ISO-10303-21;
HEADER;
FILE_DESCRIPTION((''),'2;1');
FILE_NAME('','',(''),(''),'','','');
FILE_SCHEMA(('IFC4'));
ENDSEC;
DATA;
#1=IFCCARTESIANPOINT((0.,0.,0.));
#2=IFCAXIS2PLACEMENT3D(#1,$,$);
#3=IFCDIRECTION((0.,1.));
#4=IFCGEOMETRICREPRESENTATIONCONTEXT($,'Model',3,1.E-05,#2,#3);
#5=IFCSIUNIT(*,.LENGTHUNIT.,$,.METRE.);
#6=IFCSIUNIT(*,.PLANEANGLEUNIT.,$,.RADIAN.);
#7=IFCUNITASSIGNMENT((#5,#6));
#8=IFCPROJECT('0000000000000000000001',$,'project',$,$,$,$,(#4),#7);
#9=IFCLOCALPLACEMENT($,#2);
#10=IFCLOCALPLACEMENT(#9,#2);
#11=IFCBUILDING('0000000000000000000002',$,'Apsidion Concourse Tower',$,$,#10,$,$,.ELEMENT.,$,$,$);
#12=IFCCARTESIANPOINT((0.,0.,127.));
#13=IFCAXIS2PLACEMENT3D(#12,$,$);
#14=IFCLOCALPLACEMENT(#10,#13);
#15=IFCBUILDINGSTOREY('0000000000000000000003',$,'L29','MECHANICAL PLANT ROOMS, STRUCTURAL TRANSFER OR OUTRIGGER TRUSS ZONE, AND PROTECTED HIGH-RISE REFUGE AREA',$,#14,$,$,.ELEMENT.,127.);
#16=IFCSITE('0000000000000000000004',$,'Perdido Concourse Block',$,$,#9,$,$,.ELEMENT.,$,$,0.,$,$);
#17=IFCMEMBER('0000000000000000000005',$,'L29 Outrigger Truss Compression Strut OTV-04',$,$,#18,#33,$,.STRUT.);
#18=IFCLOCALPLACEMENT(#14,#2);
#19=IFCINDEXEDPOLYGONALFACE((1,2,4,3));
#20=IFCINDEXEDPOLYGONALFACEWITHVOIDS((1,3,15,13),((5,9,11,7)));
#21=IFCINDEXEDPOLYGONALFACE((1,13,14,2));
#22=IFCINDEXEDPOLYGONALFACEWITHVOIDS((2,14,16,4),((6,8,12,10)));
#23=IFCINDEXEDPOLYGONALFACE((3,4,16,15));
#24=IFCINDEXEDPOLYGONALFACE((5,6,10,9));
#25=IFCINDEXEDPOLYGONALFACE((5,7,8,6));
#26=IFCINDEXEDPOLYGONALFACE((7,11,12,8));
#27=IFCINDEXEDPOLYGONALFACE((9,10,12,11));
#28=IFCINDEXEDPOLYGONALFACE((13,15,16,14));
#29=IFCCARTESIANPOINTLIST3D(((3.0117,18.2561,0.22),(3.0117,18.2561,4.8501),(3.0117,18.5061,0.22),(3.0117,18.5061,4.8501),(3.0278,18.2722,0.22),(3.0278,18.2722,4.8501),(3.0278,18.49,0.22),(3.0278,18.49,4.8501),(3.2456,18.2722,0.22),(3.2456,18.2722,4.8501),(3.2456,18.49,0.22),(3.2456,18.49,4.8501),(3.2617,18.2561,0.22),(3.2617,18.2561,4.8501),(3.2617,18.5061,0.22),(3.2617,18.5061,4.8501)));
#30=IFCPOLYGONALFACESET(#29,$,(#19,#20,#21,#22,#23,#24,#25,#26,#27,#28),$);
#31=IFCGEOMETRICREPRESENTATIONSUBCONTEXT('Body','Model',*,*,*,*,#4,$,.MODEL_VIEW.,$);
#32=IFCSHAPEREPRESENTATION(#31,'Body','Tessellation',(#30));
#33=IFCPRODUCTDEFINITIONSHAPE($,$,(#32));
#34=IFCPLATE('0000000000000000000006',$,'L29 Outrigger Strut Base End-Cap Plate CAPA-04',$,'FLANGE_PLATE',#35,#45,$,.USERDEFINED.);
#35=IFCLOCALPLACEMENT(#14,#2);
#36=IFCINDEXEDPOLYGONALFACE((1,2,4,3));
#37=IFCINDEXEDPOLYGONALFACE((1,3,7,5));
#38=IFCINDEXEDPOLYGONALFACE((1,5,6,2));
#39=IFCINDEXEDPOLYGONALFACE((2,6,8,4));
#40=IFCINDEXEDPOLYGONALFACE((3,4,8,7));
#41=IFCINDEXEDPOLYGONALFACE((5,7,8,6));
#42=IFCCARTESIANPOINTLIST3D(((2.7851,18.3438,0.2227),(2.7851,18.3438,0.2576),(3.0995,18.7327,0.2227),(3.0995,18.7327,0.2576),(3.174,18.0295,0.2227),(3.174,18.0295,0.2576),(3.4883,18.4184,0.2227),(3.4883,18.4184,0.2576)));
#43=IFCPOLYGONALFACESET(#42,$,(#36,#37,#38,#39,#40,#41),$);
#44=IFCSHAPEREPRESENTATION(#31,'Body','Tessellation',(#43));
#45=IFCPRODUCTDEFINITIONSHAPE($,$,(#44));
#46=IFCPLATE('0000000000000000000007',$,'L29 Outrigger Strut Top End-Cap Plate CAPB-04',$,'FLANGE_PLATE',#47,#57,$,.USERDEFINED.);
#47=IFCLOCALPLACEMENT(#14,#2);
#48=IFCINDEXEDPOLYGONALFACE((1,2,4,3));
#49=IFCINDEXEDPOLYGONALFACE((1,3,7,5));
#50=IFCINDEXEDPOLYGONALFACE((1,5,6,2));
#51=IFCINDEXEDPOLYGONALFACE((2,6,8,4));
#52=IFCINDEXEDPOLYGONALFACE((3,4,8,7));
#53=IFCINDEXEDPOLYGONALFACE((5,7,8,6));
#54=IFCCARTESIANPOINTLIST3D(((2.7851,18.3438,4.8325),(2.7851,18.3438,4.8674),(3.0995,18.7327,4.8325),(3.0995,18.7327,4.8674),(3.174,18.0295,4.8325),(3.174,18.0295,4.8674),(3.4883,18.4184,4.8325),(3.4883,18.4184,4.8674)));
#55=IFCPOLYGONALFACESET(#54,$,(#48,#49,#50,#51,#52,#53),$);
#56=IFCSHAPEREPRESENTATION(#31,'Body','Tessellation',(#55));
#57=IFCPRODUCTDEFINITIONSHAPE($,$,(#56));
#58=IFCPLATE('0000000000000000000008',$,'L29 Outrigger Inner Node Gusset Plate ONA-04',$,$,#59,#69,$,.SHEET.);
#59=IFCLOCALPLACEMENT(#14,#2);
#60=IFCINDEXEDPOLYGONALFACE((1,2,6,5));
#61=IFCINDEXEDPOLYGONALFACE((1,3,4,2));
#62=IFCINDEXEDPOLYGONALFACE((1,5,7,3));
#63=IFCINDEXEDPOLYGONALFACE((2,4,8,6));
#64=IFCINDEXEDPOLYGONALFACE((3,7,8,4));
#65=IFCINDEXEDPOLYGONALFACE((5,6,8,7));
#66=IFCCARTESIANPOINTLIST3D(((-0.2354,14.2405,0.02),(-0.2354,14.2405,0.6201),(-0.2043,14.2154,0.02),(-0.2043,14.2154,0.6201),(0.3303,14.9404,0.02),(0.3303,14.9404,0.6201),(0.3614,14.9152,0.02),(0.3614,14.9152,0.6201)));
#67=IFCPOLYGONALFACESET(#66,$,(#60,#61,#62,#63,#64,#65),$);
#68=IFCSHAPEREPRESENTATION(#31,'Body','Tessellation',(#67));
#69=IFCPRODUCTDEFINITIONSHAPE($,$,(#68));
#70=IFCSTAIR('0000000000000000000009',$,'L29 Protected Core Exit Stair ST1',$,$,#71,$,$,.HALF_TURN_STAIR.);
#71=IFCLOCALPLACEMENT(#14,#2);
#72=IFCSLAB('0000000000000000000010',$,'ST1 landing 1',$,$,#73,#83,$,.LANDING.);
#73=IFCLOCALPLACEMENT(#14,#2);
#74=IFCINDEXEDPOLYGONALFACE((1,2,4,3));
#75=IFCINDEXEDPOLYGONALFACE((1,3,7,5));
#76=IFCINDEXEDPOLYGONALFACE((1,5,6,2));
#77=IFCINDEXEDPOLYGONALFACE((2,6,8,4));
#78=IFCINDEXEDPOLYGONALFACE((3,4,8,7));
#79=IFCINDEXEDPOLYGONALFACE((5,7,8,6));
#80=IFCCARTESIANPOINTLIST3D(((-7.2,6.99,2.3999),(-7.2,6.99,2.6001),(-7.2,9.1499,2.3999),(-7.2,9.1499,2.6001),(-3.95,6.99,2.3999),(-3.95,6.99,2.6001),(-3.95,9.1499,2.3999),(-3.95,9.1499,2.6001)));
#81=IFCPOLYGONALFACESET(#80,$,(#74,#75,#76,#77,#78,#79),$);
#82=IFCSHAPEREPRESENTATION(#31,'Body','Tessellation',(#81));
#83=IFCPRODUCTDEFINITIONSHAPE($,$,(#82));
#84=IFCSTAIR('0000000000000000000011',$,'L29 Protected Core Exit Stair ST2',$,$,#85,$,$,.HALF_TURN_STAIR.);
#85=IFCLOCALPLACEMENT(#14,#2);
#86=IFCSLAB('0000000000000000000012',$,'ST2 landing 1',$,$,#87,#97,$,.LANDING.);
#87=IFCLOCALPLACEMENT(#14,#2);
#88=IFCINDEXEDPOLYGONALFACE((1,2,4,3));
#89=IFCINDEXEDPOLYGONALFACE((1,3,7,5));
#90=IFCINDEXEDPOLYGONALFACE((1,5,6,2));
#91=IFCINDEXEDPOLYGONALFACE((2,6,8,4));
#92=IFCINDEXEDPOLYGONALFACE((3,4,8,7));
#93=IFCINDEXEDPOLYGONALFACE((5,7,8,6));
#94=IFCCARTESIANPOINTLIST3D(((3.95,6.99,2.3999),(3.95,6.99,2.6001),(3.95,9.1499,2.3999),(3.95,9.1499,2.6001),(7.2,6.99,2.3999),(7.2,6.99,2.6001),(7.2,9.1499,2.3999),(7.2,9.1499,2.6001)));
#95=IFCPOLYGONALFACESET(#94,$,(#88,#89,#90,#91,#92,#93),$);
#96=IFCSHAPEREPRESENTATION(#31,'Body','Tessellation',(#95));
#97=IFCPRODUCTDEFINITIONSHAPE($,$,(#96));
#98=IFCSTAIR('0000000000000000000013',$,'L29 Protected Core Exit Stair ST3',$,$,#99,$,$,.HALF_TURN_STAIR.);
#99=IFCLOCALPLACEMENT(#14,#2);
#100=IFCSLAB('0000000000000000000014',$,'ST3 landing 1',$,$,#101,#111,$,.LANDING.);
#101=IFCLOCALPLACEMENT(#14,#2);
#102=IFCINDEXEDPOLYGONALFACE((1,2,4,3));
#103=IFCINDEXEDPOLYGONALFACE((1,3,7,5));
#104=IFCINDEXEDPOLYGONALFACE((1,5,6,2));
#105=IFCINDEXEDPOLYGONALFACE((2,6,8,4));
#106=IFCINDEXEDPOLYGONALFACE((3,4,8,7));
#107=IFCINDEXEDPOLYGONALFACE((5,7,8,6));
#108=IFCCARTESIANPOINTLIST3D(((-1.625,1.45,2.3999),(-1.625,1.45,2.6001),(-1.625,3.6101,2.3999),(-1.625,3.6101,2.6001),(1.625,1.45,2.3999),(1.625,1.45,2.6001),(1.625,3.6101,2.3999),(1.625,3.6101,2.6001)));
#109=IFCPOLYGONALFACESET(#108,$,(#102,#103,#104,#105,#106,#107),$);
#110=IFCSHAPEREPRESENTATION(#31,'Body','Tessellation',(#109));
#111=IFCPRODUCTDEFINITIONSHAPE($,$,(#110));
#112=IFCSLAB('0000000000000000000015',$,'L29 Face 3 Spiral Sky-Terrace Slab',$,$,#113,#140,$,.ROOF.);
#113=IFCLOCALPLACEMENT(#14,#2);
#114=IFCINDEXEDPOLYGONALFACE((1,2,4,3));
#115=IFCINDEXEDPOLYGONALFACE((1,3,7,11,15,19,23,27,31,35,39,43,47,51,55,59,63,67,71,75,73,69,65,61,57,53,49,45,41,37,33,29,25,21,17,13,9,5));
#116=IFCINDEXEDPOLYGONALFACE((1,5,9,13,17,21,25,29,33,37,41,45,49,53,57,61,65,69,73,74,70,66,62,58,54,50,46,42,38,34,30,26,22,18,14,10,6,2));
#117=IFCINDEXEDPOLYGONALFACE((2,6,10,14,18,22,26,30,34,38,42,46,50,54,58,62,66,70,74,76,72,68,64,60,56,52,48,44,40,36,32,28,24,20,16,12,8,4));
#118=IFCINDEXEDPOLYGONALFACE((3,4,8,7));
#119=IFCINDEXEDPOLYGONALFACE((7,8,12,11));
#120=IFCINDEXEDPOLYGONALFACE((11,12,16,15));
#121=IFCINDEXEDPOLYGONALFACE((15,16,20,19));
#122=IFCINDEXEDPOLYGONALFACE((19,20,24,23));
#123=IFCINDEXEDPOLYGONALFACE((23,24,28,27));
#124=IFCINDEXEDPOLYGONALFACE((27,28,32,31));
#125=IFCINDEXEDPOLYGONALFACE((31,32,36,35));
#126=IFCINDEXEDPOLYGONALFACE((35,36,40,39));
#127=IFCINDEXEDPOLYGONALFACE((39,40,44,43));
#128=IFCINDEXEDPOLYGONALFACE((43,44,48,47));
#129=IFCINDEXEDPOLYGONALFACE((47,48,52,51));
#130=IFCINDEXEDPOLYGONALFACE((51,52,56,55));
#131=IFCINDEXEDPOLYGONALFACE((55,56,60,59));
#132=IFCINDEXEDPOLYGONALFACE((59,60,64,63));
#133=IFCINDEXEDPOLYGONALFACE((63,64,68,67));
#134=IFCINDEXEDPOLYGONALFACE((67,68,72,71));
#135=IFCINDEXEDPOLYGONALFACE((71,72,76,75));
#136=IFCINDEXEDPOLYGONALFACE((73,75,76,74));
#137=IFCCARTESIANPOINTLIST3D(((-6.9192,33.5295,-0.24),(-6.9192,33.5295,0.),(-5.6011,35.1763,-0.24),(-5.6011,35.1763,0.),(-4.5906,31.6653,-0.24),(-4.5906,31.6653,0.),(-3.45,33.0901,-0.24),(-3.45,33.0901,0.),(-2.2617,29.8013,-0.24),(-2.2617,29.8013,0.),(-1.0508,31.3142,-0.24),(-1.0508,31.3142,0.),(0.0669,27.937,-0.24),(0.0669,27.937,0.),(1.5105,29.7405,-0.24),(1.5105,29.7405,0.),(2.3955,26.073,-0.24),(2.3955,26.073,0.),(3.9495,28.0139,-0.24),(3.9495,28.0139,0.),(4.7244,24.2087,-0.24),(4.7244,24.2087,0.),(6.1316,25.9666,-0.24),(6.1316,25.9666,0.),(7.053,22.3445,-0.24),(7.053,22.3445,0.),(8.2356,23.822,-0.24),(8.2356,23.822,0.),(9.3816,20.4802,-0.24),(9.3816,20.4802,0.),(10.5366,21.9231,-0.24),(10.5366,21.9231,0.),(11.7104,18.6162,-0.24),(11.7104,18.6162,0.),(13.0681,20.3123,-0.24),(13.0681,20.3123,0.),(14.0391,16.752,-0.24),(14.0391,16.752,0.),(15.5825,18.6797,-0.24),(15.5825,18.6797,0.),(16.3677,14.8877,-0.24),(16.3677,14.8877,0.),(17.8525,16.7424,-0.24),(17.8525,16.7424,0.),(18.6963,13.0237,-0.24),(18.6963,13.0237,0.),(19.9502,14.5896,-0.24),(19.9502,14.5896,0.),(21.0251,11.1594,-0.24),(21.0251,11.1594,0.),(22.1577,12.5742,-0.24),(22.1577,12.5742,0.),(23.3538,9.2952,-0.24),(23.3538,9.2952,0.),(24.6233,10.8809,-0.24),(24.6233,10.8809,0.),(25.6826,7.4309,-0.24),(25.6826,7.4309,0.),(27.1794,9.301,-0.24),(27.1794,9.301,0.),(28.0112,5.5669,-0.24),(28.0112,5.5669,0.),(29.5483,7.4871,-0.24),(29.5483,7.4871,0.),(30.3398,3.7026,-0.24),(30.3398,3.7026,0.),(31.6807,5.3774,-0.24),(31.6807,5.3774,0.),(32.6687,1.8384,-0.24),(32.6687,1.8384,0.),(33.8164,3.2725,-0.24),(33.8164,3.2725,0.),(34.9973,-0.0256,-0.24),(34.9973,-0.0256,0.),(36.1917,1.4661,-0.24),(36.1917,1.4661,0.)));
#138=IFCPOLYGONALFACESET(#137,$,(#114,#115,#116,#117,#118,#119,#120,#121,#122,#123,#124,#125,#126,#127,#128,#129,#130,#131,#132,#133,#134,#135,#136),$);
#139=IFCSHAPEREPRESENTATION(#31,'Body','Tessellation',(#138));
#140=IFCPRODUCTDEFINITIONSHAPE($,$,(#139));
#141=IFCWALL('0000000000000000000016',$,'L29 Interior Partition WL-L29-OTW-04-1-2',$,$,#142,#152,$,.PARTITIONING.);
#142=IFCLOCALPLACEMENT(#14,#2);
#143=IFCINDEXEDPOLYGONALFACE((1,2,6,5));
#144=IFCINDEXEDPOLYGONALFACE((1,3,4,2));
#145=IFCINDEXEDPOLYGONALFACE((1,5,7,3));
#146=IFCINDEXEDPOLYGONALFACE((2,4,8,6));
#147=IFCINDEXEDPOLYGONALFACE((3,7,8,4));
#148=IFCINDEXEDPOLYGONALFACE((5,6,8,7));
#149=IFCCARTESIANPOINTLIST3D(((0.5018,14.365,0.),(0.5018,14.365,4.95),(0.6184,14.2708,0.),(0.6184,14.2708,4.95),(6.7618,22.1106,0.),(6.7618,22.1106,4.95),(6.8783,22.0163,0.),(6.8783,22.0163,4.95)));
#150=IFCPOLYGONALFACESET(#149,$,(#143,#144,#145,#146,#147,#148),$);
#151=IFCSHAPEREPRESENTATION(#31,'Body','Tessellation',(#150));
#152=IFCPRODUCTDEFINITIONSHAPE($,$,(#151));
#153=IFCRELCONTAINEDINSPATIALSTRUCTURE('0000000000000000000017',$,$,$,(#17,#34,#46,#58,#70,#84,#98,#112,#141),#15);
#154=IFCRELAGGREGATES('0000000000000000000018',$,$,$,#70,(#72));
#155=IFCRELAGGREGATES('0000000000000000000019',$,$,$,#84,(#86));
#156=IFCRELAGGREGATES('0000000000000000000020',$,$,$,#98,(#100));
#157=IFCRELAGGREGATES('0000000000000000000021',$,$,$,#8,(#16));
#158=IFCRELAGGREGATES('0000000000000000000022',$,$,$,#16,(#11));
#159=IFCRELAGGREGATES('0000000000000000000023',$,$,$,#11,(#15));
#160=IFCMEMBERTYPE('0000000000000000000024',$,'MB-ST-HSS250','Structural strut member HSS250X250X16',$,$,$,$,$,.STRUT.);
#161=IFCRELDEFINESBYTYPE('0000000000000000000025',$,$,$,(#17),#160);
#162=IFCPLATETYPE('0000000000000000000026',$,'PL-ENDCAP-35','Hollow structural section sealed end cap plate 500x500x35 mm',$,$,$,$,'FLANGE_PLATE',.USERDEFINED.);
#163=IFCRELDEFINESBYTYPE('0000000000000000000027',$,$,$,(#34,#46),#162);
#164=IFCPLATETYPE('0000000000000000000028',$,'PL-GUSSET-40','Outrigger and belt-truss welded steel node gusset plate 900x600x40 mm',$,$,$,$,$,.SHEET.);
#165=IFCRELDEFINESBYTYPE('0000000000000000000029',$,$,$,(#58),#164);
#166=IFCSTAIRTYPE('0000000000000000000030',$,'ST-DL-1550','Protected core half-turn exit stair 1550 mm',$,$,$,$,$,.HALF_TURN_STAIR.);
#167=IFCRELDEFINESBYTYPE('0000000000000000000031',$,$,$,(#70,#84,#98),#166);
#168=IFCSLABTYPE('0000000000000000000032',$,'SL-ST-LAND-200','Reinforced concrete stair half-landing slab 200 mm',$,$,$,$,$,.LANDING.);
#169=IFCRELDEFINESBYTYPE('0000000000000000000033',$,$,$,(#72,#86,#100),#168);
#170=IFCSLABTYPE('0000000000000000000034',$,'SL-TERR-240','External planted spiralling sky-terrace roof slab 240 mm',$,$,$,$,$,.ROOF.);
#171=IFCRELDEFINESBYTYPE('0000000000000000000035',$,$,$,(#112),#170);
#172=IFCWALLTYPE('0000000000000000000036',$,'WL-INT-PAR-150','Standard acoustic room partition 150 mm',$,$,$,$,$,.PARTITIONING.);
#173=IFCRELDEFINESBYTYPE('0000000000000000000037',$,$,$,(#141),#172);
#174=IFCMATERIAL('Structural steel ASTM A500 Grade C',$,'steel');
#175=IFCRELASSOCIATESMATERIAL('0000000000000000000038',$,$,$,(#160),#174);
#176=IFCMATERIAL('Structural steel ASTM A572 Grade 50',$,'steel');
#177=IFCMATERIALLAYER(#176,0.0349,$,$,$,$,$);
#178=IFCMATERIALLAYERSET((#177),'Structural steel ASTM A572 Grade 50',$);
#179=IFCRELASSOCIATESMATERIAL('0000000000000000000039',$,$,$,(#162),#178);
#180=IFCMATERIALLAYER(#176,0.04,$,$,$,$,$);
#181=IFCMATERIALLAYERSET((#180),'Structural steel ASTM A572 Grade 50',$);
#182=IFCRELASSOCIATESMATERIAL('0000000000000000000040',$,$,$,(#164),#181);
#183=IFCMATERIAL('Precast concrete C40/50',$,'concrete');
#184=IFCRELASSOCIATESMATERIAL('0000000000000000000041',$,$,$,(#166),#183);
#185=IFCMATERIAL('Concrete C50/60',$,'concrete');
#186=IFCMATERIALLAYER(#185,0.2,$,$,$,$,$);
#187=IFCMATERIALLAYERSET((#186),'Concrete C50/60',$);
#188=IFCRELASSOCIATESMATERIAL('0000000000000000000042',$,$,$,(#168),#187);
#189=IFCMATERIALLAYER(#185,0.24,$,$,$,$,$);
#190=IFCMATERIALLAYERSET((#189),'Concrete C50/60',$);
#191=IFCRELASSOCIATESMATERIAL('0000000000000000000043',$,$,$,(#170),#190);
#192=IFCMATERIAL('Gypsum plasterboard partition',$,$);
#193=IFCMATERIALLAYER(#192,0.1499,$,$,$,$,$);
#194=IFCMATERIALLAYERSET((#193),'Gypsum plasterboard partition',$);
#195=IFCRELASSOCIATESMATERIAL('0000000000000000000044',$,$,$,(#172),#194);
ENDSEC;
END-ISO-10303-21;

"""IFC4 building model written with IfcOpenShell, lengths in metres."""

from ifc_helpers import new_model, si_unit, direction, frame, frame_2d, origin, origin_2d, place, context, subcontext, project, spatial, polyline, rectangle, hollow_rectangle, outline, extrude, material, layer, layer_set, material_profile, profile_set, type_object, element, aggregate, save


model = new_model("IFC4")

# Units and contexts
model_context = context("Model", 3, precision=1e-05, world=origin(), true_north=direction((0.0, 1.0)))
body_context = subcontext(model_context, "Body", "Model", "MODEL_VIEW")
ifc_project = project(units=[si_unit("LENGTHUNIT", "METRE"), si_unit("PLANEANGLEUNIT", "RADIAN")], contexts=[model_context])

# Site, building, storey
site_placement = place(None, origin())
site = spatial("IfcSite", under=ifc_project, at=site_placement, Name="Perdido Concourse Block", CompositionType="ELEMENT", RefElevation=0.0)
building_placement = place(site_placement, origin())
building = spatial("IfcBuilding", under=site, at=building_placement, Name="Apsidion Concourse Tower", CompositionType="ELEMENT")
storey_placement = place(building_placement, frame((0.0, 0.0, 127.0)))
storey = spatial("IfcBuildingStorey", under=building, at=storey_placement, Name="L29", Description="MECHANICAL PLANT ROOMS, STRUCTURAL TRANSFER OR OUTRIGGER TRUSS ZONE, AND PROTECTED HIGH-RISE REFUGE AREA", CompositionType="ELEMENT", Elevation=127.0)

# Shared definitions
ifc_material_1 = material(Name="Concrete C50/60", Category="concrete")

# Member
ifc_material_2 = material(Name="Structural steel ASTM A572 Grade 50", Category="steel")
ifc_material_3 = material(Name="Structural steel ASTM A500 Grade C", Category="steel")
ifc_material_profile_1 = material_profile(ifc_material_3, hollow_rectangle(XDim=0.25, YDim=0.25, WallThickness=0.0161, at=origin_2d()), Name="HSS250X250X16")
ifc_profile_set_1 = profile_set([ifc_material_profile_1], Name="Structural steel ASTM A500 Grade C")
member_type_1 = type_object("IfcMemberType", Name="MB-ST-HSS250", Description="Structural strut member HSS250X250X16", PredefinedType="STRUT", material=ifc_profile_set_1)
member_1_placement = place(storey_placement, frame((3.1367, 18.3811, 0.22), z_axis=(0.0, 0.0, 1.0), x_axis=(1.0, 0.0, 0.0)))
element("IfcMember", 1, at=member_1_placement, inside=storey, type_object=member_type_1, Name="L29 Outrigger Truss Compression Strut OTV-04", PredefinedType="STRUT", context=body_context, shape_type="SweptSolid", body=[
    extrude(hollow_rectangle(XDim=0.25, YDim=0.25, WallThickness=0.0161, at=origin_2d()), origin(), (0.0, 0.0, 1.0), 4.6301),
])

# Plates
ifc_layer_1 = layer(ifc_material_2, 0.0349)
ifc_layer_set_1 = layer_set([ifc_layer_1], Name="Structural steel ASTM A572 Grade 50")
plate_type_1 = type_object("IfcPlateType", Name="PL-ENDCAP-35", Description="Hollow structural section sealed end cap plate 500x500x35 mm", ElementType="FLANGE_PLATE", PredefinedType="USERDEFINED", material=ifc_layer_set_1)
for number, where, z_axis, x_axis, name in (
    (2, (3.1367, 18.3811, 0.2227), (0.0, 0.0, 1.0), (0.628642, 0.777695, 0.0), "L29 Outrigger Strut Base End-Cap Plate CAPA-04"),
    (3, (3.1367, 18.3811, 4.8325), (0.0, 0.0, 1.0), (0.628642, 0.777695, 0.0), "L29 Outrigger Strut Top End-Cap Plate CAPB-04"),
):
    element("IfcPlate", number, at=place(storey_placement, frame(where, z_axis=z_axis, x_axis=x_axis)), inside=storey, type_object=plate_type_1, Name=name, ObjectType="FLANGE_PLATE", PredefinedType="USERDEFINED", context=body_context, shape_type="SweptSolid", body=[
        extrude(rectangle(XDim=0.5, YDim=0.5, at=origin_2d()), origin(), (0.0, 0.0, 1.0), 0.0349),
    ])
ifc_layer_2 = layer(ifc_material_2, 0.04)
ifc_layer_set_2 = layer_set([ifc_layer_2], Name="Structural steel ASTM A572 Grade 50")
plate_type_2 = type_object("IfcPlateType", Name="PL-GUSSET-40", Description="Outrigger and belt-truss welded steel node gusset plate 900x600x40 mm", PredefinedType="SHEET", material=ifc_layer_set_2)
plate_placement = place(storey_placement, frame((0.063, 14.5779, 0.02), z_axis=(0.0, 0.0, 1.0), x_axis=(0.628642, 0.777695, 0.0)))
element("IfcPlate", 4, at=plate_placement, inside=storey, type_object=plate_type_2, Name="L29 Outrigger Inner Node Gusset Plate ONA-04", PredefinedType="SHEET", context=body_context, shape_type="SweptSolid", body=[
    extrude(rectangle(XDim=0.8999, YDim=0.04, at=origin_2d()), origin(), (0.0, 0.0, 1.0), 0.6001),
])

# Stairs, slabs
ifc_material_4 = material(Name="Precast concrete C40/50", Category="concrete")
stair_type = type_object("IfcStairType", Name="ST-DL-1550", Description="Protected core half-turn exit stair 1550 mm", PredefinedType="HALF_TURN_STAIR", material=ifc_material_4)
stair_1_placement = place(storey_placement, origin())
stair_1 = element("IfcStair", 5, at=stair_1_placement, inside=storey, type_object=stair_type, Name="L29 Protected Core Exit Stair ST1", PredefinedType="HALF_TURN_STAIR")
ifc_layer_3 = layer(ifc_material_1, 0.2)
ifc_layer_set_3 = layer_set([ifc_layer_3], Name="Concrete C50/60")
slab_type_1 = type_object("IfcSlabType", Name="SL-ST-LAND-200", Description="Reinforced concrete stair half-landing slab 200 mm", PredefinedType="LANDING", material=ifc_layer_set_3)
slab_1_placement = place(storey_placement, frame((0.0, 0.0, 2.3999)))
slab_1 = element("IfcSlab", 6, at=slab_1_placement, type_object=slab_type_1, Name="ST1 landing 1", PredefinedType="LANDING", context=body_context, shape_type="SweptSolid", body=[
    extrude(outline(polyline([(-3.95, 6.99), (-3.95, 9.1499), (-7.2, 9.1499), (-7.2, 6.99), (-3.95, 6.99)])), origin(), (0.0, 0.0, 1.0), 0.2002),
])
aggregate(stair_1, [slab_1])
stair_2_placement = place(storey_placement, origin())
stair_2 = element("IfcStair", 7, at=stair_2_placement, inside=storey, type_object=stair_type, Name="L29 Protected Core Exit Stair ST2", PredefinedType="HALF_TURN_STAIR")
slab_2_placement = place(storey_placement, frame((0.0, 0.0, 2.3999)))
slab_2 = element("IfcSlab", 8, at=slab_2_placement, type_object=slab_type_1, Name="ST2 landing 1", PredefinedType="LANDING", context=body_context, shape_type="SweptSolid", body=[
    extrude(outline(polyline([(7.2, 6.99), (7.2, 9.1499), (3.95, 9.1499), (3.95, 6.99), (7.2, 6.99)])), origin(), (0.0, 0.0, 1.0), 0.2002),
])
stair_3_placement = place(storey_placement, origin())
stair_3 = element("IfcStair", 9, at=stair_3_placement, inside=storey, type_object=stair_type, Name="L29 Protected Core Exit Stair ST3", PredefinedType="HALF_TURN_STAIR")
slab_3_placement = place(storey_placement, frame((0.0, 0.0, 2.3999)))
slab_3 = element("IfcSlab", 10, at=slab_3_placement, type_object=slab_type_1, Name="ST3 landing 1", PredefinedType="LANDING", context=body_context, shape_type="SweptSolid", body=[
    extrude(outline(polyline([(-1.625, 3.6101), (-1.625, 1.45), (1.625, 1.45), (1.625, 3.6101), (-1.625, 3.6101)])), origin(), (0.0, 0.0, 1.0), 0.2002),
])

# Slab
ifc_layer_4 = layer(ifc_material_1, 0.24)
ifc_layer_set_4 = layer_set([ifc_layer_4], Name="Concrete C50/60")
slab_type_2 = type_object("IfcSlabType", Name="SL-TERR-240", Description="External planted spiralling sky-terrace roof slab 240 mm", PredefinedType="ROOF", material=ifc_layer_set_4)
slab_4_placement = place(storey_placement, frame((0.0, 0.0, -0.24)))
element("IfcSlab", 11, at=slab_4_placement, inside=storey, type_object=slab_type_2, Name="L29 Face 3 Spiral Sky-Terrace Slab", PredefinedType="ROOF", context=body_context, shape_type="SweptSolid", body=[
    extrude(outline(polyline([(34.9973, -0.0256), (32.6687, 1.8384), (30.3398, 3.7026), (28.0112, 5.5669), (25.6826, 7.4309), (23.3538, 9.2952), (21.0251, 11.1594), (18.6963, 13.0237), (16.3677, 14.8877), (14.0391, 16.752), (11.7104, 18.6162), (9.3816, 20.4802), (7.053, 22.3445), (4.7244, 24.2087), (2.3955, 26.073), (0.0669, 27.937), (-2.2617, 29.8013), (-4.5906, 31.6653), (-6.9192, 33.5295), (-5.6011, 35.1763), (-3.45, 33.0901), (-1.0508, 31.3142), (1.5105, 29.7405), (3.9495, 28.0139), (6.1316, 25.9666), (8.2356, 23.822), (10.5366, 21.9231), (13.0681, 20.3123), (15.5825, 18.6797), (17.8525, 16.7424), (19.9502, 14.5896), (22.1577, 12.5742), (24.6233, 10.8809), (27.1794, 9.301), (29.5483, 7.4871), (31.6807, 5.3774), (33.8164, 3.2725), (36.1917, 1.4661), (34.9973, -0.0256)])), origin(), (0.0, 0.0, 1.0), 0.24),
])

# Wall
ifc_material_5 = material(Name="Gypsum plasterboard partition")
ifc_layer_5 = layer(ifc_material_5, 0.1499)
ifc_layer_set_5 = layer_set([ifc_layer_5], Name="Gypsum plasterboard partition")
wall_type_1 = type_object("IfcWallType", Name="WL-INT-PAR-150", Description="Standard acoustic room partition 150 mm", PredefinedType="PARTITIONING", material=ifc_layer_set_5)
wall_1_placement = place(storey_placement, frame((0.5601, 14.3179, 0.0), z_axis=(0.0, 0.0, 1.0), x_axis=(0.628577, 0.777748, 0.0)))
element("IfcWall", 12, at=wall_1_placement, inside=storey, type_object=wall_type_1, Name="L29 Interior Partition WL-L29-OTW-04-1-2", PredefinedType="PARTITIONING", context=body_context, shape_type="SweptSolid", body=[
    extrude(rectangle(XDim=9.959, YDim=0.1499, at=frame_2d((4.9795, 0.0))), origin(), (0.0, 0.0, 1.0), 4.95),
])

aggregate(stair_2, [slab_2])
aggregate(stair_3, [slab_3])

save(model, "model.ifc")
